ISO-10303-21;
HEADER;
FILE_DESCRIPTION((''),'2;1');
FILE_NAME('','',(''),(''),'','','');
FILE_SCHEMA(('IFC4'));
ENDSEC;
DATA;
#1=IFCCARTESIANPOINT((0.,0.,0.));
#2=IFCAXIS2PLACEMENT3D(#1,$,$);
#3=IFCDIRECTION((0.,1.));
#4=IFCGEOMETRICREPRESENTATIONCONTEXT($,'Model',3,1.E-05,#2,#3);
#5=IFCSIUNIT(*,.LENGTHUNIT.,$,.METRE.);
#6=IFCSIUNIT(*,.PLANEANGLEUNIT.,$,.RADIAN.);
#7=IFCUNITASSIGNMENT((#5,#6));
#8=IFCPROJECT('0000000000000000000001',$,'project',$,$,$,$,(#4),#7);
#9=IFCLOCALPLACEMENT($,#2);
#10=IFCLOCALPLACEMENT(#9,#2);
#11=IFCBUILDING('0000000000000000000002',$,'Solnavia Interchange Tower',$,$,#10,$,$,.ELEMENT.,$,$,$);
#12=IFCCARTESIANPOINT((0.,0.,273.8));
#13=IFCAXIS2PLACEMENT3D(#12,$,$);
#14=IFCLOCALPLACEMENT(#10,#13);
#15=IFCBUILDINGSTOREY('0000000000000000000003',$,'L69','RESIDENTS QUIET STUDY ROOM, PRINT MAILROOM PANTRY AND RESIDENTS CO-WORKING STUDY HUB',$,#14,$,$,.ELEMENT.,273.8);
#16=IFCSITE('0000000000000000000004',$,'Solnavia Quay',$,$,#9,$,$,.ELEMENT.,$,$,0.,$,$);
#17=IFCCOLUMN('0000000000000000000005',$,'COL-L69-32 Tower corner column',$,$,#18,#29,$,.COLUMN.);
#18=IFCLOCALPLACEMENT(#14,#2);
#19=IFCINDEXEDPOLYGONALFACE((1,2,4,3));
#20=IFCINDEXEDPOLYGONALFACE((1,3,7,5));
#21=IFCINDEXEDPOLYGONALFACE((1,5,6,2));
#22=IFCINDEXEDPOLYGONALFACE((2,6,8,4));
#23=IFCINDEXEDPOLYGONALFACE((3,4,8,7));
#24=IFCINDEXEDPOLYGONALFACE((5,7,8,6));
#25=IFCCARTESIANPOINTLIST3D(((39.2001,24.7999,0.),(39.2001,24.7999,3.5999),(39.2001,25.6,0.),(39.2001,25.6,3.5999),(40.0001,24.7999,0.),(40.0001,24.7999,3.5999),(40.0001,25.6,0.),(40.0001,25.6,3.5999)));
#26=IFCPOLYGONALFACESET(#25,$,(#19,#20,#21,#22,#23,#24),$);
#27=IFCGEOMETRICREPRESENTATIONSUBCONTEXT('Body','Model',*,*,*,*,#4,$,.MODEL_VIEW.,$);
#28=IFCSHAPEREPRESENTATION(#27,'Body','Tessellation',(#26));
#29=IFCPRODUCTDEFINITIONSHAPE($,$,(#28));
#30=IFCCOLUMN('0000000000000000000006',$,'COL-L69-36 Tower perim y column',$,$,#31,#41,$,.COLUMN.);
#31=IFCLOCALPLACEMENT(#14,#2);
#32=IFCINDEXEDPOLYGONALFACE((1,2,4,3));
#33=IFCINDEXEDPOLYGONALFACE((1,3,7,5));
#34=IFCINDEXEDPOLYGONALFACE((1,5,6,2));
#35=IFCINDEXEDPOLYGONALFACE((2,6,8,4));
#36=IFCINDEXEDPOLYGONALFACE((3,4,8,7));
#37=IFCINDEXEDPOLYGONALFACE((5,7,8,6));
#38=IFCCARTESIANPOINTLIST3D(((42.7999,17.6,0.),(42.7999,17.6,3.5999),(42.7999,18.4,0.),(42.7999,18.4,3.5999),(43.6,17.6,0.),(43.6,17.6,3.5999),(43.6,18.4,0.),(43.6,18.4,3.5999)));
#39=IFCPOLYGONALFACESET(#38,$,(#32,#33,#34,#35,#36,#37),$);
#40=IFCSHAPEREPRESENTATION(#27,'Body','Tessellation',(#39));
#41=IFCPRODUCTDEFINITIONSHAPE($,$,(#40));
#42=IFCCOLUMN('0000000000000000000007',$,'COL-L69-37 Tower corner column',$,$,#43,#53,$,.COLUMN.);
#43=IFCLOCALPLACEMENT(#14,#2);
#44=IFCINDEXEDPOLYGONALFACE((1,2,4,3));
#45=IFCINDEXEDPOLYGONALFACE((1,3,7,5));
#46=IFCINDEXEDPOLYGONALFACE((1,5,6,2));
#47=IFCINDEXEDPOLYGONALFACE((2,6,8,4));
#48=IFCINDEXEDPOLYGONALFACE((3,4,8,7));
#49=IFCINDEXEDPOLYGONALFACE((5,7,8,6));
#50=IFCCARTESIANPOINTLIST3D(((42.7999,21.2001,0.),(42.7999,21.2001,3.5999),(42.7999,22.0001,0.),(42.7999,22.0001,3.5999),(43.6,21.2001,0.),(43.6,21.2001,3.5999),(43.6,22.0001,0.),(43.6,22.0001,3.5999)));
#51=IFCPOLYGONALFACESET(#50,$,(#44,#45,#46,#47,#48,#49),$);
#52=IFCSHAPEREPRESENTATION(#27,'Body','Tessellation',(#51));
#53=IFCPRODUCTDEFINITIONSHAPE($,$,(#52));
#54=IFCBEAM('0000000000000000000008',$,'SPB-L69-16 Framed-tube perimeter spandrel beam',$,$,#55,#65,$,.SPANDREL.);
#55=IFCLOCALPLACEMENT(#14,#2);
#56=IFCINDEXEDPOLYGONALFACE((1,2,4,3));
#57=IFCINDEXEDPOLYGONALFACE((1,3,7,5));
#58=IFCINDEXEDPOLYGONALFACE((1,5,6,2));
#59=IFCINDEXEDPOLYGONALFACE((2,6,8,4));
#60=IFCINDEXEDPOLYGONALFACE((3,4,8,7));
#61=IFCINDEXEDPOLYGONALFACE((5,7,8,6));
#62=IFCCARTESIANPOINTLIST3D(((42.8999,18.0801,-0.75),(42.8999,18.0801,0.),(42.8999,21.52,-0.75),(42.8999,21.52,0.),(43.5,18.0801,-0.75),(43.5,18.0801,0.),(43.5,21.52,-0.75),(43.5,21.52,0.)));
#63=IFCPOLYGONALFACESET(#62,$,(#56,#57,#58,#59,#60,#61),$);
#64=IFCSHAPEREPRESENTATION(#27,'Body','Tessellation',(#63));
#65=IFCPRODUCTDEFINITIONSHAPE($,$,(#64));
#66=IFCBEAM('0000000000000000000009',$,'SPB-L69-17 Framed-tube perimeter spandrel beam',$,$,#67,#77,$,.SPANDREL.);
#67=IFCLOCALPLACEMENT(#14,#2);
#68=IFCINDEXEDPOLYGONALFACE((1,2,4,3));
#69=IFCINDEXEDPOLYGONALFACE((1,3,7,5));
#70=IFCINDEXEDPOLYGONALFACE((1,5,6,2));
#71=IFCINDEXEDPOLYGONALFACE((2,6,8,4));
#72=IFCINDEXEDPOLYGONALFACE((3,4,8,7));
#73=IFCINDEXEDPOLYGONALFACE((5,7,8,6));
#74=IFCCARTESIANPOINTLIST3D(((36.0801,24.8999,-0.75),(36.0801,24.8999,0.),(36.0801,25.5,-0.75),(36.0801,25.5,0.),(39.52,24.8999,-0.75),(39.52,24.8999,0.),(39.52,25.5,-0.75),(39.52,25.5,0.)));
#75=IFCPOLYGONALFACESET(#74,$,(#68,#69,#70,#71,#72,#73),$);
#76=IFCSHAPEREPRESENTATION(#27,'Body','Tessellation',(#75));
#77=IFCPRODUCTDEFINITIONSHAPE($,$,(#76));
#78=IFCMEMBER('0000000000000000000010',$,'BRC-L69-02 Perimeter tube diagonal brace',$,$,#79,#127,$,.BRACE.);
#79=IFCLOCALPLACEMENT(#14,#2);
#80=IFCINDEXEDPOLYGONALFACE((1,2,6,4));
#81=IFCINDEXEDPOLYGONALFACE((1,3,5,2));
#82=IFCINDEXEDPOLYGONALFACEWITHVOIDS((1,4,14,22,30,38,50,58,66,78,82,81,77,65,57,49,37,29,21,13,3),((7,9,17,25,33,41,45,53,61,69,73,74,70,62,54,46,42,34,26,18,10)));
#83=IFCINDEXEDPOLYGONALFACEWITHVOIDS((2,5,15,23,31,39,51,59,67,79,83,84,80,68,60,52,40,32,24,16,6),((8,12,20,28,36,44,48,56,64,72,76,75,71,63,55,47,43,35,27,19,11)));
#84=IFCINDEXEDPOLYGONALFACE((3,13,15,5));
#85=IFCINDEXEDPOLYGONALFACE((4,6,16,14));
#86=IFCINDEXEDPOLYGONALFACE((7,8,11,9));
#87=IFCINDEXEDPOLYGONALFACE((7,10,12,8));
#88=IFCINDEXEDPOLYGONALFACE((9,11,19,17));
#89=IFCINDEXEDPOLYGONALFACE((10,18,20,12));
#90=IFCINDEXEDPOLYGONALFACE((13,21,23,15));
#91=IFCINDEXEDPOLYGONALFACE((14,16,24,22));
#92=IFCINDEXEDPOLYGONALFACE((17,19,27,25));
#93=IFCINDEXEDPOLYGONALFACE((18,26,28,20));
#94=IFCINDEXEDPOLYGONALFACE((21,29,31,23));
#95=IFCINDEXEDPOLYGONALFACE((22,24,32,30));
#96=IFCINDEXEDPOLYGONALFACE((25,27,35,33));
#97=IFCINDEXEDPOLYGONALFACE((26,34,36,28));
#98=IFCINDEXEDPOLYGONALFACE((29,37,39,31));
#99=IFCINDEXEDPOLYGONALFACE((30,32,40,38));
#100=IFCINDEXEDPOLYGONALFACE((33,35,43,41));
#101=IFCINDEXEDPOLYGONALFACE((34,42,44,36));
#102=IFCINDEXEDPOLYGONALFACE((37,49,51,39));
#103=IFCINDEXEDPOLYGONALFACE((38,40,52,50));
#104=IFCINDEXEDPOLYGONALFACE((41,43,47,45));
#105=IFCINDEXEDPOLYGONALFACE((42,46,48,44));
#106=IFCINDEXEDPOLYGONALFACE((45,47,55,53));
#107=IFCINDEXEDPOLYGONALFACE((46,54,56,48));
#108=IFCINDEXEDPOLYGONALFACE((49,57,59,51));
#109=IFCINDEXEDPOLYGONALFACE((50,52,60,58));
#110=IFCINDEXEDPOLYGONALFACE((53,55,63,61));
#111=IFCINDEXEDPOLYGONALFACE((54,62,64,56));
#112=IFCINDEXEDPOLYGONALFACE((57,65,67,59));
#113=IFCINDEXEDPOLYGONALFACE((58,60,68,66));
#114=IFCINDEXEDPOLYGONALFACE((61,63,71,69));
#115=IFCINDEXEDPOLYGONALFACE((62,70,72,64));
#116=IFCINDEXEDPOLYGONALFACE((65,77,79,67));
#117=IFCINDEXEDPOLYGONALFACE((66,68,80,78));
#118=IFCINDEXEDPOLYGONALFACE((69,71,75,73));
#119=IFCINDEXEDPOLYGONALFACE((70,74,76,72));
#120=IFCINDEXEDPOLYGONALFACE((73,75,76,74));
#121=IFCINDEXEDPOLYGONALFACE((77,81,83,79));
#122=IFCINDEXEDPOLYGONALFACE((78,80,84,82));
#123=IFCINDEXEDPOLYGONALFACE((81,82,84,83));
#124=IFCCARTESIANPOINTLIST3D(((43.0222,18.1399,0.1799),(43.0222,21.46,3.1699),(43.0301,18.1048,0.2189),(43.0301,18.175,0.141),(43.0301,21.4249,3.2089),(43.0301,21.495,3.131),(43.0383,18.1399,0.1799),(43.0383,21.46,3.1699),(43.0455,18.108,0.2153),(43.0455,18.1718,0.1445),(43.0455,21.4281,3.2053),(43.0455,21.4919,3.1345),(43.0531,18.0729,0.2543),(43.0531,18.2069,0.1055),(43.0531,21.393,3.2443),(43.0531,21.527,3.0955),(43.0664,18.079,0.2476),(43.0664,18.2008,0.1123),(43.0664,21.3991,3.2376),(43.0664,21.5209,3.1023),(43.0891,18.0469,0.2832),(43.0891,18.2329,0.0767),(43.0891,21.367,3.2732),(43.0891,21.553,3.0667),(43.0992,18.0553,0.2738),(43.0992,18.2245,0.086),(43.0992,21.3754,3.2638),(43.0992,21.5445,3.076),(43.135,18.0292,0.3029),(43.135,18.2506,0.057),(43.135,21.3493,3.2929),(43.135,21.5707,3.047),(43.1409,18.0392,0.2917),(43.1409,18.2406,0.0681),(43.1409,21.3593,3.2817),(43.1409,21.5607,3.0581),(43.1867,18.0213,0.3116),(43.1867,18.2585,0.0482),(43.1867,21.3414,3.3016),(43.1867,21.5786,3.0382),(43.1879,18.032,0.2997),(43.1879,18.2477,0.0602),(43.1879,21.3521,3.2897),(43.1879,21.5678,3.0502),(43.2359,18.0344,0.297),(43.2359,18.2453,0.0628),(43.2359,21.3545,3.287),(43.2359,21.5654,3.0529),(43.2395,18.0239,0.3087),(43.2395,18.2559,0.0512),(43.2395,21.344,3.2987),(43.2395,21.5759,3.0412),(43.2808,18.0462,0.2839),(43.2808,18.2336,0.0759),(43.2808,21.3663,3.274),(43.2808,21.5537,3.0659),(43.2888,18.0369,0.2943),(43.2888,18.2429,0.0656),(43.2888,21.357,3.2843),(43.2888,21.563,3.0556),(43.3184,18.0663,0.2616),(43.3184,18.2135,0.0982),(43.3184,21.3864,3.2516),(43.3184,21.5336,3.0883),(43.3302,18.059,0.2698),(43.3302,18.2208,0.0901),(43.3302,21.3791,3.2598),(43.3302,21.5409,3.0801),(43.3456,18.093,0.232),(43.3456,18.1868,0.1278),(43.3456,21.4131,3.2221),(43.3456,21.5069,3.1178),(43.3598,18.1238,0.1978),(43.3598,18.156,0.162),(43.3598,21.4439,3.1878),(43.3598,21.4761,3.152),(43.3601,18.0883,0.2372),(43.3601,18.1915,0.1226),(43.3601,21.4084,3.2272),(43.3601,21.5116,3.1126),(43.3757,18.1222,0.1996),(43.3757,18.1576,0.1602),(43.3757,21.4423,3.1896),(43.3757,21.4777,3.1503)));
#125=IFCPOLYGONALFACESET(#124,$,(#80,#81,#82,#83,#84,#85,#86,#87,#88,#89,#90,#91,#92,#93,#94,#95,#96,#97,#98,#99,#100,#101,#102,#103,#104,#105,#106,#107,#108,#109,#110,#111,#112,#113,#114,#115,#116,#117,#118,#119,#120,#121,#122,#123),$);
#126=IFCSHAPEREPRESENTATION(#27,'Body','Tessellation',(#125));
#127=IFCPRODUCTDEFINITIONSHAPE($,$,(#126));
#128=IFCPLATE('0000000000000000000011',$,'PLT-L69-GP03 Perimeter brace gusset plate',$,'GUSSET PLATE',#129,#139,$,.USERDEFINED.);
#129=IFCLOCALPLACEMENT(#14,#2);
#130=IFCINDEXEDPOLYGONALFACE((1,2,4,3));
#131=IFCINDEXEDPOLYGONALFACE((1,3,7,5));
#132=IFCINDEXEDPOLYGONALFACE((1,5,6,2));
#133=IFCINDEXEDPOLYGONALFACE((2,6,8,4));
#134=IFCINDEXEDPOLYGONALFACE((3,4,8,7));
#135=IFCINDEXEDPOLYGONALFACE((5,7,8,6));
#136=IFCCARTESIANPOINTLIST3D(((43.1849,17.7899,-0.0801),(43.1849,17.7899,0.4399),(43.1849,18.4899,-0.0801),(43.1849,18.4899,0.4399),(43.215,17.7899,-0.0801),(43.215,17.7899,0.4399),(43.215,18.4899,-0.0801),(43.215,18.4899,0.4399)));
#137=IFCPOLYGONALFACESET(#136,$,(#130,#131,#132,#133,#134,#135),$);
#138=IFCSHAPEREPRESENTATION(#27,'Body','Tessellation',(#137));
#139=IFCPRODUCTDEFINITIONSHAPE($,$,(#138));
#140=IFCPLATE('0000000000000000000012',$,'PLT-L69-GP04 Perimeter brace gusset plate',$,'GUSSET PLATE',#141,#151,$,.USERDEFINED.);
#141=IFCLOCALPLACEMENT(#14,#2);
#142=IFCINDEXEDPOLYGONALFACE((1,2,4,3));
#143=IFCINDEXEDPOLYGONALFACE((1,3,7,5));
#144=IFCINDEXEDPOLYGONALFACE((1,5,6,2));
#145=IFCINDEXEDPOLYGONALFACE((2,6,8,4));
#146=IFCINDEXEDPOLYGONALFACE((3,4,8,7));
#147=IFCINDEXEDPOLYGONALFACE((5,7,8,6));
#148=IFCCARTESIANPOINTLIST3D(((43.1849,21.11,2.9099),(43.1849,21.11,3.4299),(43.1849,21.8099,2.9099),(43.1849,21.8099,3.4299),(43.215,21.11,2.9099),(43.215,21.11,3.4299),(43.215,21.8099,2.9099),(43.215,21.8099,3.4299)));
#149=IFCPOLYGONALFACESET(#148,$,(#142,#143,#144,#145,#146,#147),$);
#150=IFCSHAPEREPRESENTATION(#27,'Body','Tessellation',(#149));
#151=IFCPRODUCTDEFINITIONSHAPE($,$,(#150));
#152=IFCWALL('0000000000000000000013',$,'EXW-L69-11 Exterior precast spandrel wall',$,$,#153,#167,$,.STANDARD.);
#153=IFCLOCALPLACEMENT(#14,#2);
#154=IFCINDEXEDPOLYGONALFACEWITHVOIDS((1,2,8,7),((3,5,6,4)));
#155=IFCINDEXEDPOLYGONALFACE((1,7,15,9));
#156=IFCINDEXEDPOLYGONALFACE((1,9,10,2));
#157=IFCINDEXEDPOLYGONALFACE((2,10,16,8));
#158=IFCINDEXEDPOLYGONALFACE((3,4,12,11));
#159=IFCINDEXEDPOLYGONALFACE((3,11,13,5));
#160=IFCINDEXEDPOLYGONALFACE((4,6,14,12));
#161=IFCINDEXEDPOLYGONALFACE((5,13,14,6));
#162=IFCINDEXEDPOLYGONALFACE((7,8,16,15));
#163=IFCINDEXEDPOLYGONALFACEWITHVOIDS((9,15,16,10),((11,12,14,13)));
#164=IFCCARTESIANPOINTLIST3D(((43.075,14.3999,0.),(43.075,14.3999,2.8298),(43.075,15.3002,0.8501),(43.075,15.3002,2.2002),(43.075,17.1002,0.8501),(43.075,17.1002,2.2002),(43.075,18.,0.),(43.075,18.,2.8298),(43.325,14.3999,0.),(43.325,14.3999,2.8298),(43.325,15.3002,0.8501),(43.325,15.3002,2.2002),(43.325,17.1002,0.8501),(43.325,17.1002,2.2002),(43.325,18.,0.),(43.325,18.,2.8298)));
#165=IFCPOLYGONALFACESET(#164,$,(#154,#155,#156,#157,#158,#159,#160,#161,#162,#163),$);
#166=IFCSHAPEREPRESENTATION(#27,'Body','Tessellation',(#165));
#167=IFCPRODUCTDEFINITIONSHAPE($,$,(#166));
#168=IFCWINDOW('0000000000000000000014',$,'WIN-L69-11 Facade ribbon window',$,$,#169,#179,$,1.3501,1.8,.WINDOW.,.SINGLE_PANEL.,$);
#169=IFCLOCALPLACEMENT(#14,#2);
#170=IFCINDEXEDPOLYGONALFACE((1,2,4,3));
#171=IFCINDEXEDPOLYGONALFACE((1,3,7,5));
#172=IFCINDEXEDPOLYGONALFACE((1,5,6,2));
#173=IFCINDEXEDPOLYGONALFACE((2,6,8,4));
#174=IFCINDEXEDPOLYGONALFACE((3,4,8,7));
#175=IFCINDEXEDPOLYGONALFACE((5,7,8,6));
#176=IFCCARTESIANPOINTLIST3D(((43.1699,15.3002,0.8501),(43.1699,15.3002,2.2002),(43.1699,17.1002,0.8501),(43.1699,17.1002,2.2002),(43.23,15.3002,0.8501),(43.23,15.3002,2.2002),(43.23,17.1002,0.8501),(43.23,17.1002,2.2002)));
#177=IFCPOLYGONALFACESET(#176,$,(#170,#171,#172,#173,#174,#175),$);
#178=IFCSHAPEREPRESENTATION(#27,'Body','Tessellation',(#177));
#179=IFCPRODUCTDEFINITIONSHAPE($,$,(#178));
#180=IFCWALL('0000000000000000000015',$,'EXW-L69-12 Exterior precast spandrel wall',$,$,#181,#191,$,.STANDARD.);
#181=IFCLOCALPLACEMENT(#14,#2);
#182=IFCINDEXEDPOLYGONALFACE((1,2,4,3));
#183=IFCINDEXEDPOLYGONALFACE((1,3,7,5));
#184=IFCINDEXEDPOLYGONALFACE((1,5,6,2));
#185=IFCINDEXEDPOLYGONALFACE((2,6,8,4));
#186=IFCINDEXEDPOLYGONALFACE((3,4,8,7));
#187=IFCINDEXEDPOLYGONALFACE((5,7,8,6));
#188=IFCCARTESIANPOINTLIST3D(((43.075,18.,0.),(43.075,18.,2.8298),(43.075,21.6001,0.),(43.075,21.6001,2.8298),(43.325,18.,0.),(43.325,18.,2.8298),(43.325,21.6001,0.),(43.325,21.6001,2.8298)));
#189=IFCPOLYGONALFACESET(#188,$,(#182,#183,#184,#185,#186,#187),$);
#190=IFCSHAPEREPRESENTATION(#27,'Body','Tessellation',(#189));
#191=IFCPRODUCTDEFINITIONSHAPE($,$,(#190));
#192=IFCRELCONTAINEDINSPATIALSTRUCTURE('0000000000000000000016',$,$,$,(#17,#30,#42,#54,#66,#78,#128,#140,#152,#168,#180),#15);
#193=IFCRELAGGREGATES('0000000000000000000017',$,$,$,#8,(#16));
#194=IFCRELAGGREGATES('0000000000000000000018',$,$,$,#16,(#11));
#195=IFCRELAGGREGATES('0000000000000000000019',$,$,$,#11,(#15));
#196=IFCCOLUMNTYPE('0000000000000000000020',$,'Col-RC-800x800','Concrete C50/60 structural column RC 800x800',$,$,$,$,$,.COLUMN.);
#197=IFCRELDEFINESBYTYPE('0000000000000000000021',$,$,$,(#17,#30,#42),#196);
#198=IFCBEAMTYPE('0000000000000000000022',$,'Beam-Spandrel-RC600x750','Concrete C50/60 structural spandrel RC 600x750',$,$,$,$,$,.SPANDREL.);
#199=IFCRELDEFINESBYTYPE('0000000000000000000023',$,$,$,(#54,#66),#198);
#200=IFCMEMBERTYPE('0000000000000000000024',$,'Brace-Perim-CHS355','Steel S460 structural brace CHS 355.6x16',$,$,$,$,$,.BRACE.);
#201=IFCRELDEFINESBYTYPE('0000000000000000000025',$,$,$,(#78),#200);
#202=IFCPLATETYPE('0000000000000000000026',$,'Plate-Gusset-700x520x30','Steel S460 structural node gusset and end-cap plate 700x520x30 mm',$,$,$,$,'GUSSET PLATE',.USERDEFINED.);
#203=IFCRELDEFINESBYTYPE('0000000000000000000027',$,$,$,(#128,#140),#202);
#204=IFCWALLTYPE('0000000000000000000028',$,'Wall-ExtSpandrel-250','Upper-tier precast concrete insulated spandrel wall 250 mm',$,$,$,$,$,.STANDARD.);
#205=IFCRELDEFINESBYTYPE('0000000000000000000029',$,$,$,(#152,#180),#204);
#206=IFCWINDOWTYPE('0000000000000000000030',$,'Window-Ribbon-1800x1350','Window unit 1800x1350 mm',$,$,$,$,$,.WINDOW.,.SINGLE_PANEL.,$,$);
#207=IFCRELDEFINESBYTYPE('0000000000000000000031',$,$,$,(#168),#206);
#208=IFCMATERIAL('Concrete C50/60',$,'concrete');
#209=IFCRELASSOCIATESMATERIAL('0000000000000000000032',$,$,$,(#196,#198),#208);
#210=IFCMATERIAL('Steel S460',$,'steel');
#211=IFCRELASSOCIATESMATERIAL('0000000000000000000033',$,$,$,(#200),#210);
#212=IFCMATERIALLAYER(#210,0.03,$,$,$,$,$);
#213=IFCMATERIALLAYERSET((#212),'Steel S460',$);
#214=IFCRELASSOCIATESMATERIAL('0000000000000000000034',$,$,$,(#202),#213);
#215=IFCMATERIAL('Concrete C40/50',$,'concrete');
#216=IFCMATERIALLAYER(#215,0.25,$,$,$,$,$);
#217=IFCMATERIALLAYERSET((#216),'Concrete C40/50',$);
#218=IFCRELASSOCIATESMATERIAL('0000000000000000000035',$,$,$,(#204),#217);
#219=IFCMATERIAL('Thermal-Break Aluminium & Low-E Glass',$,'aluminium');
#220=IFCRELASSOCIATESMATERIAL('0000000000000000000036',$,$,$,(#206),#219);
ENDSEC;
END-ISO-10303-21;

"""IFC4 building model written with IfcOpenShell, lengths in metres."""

from ifc_helpers import new_model, si_unit, direction, frame, frame_2d, origin, origin_2d, place, context, subcontext, project, spatial, rectangle, hollow_circle, extrude, material, layer, layer_set, material_profile, profile_set, type_object, element, fill, save


model = new_model("IFC4")

# Units and contexts
model_context = context("Model", 3, precision=1e-05, world=origin(), true_north=direction((0.0, 1.0)))
body_context = subcontext(model_context, "Body", "Model", "MODEL_VIEW")
ifc_project = project(units=[si_unit("LENGTHUNIT", "METRE"), si_unit("PLANEANGLEUNIT", "RADIAN")], contexts=[model_context])

# Site, building, storey
site_placement = place(None, origin())
site = spatial("IfcSite", under=ifc_project, at=site_placement, Name="Solnavia Quay", CompositionType="ELEMENT", RefElevation=0.0)
building_placement = place(site_placement, origin())
building = spatial("IfcBuilding", under=site, at=building_placement, Name="Solnavia Interchange Tower", CompositionType="ELEMENT")
storey_placement = place(building_placement, frame((0.0, 0.0, 273.8)))
storey = spatial("IfcBuildingStorey", under=building, at=storey_placement, Name="L69", Description="RESIDENTS QUIET STUDY ROOM, PRINT MAILROOM PANTRY AND RESIDENTS CO-WORKING STUDY HUB", CompositionType="ELEMENT", Elevation=273.8)

# Columns
ifc_material_1 = material(Name="Concrete C50/60", Category="concrete")
ifc_material_profile_1 = material_profile(ifc_material_1, rectangle(XDim=0.8, YDim=0.8, at=origin_2d()), Name="RC 800x800")
ifc_profile_set_1 = profile_set([ifc_material_profile_1], Name="Concrete C50/60")
column_type = type_object("IfcColumnType", Name="Col-RC-800x800", Description="Concrete C50/60 structural column RC 800x800", PredefinedType="COLUMN", material=ifc_profile_set_1)
for number, where, z_axis, x_axis, name in (
    (1, (39.6001, 25.2, 0.0), (0.0, 0.0, 1.0), (1.0, 0.0, 0.0), "COL-L69-32 Tower corner column"),
    (2, (43.2, 18.0, 0.0), (0.0, 0.0, 1.0), (0.0, 1.0, 0.0), "COL-L69-36 Tower perim y column"),
    (3, (43.2, 21.6001, 0.0), (0.0, 0.0, 1.0), (0.0, 1.0, 0.0), "COL-L69-37 Tower corner column"),
):
    element("IfcColumn", number, at=place(storey_placement, frame(where, z_axis=z_axis, x_axis=x_axis)), inside=storey, type_object=column_type, Name=name, PredefinedType="COLUMN", context=body_context, shape_type="SweptSolid", body=[
        extrude(rectangle(XDim=0.8, YDim=0.8, at=origin_2d()), origin(), (0.0, 0.0, 1.0), 3.5999),
    ])

# Beams
ifc_material_profile_2 = material_profile(ifc_material_1, rectangle(XDim=0.6001, YDim=0.75, at=origin_2d()), Name="RC 600x750")
ifc_profile_set_2 = profile_set([ifc_material_profile_2], Name="Concrete C50/60")
beam_type = type_object("IfcBeamType", Name="Beam-Spandrel-RC600x750", Description="Concrete C50/60 structural spandrel RC 600x750", PredefinedType="SPANDREL", material=ifc_profile_set_2)
for number, where, z_axis, x_axis, name in (
    (4, (43.2, 18.0801, -0.375), (0.0, 1.0, 0.0), (-1.0, 0.0, 0.0), "SPB-L69-16 Framed-tube perimeter spandrel beam"),
    (5, (39.52, 25.2, -0.375), (-1.0, 0.0, 0.0), (0.0, -1.0, 0.0), "SPB-L69-17 Framed-tube perimeter spandrel beam"),
):
    element("IfcBeam", number, at=place(storey_placement, frame(where, z_axis=z_axis, x_axis=x_axis)), inside=storey, type_object=beam_type, Name=name, PredefinedType="SPANDREL", context=body_context, shape_type="SweptSolid", body=[
        extrude(rectangle(XDim=0.6001, YDim=0.75, at=origin_2d()), origin(), (0.0, 0.0, 1.0), 3.4399),
    ])

# Member
ifc_material_2 = material(Name="Steel S460", Category="steel")
ifc_material_profile_3 = material_profile(ifc_material_2, hollow_circle(Radius=0.1777, WallThickness=0.0161, at=origin_2d()), Name="CHS 355.6x16")
ifc_profile_set_3 = profile_set([ifc_material_profile_3], Name="Steel S460")
member_type = type_object("IfcMemberType", Name="Brace-Perim-CHS355", Description="Steel S460 structural brace CHS 355.6x16", PredefinedType="BRACE", material=ifc_profile_set_3)
member_placement = place(storey_placement, frame((43.2, 18.1399, 0.1799), z_axis=(0.0, 0.743079, 0.669203), x_axis=(-1.0, 0.0, 0.0)))
element("IfcMember", 6, at=member_placement, inside=storey, type_object=member_type, Name="BRC-L69-02 Perimeter tube diagonal brace", PredefinedType="BRACE", context=body_context, shape_type="SweptSolid", body=[
    extrude(hollow_circle(Radius=0.1777, WallThickness=0.0161, at=origin_2d()), origin(), (0.0, 0.0, 1.0), 4.468),
])

# Plates
ifc_layer_1 = layer(ifc_material_2, 0.03)
ifc_layer_set_1 = layer_set([ifc_layer_1], Name="Steel S460")
plate_type = type_object("IfcPlateType", Name="Plate-Gusset-700x520x30", Description="Steel S460 structural node gusset and end-cap plate 700x520x30 mm", ElementType="GUSSET PLATE", PredefinedType="USERDEFINED", material=ifc_layer_set_1)
for number, where, z_axis, x_axis, name in (
    (7, (43.2, 18.1399, -0.0801), (0.0, 0.0, 1.0), (0.0, 1.0, 0.0), "PLT-L69-GP03 Perimeter brace gusset plate"),
    (8, (43.2, 21.46, 2.9099), (0.0, 0.0, 1.0), (0.0, 1.0, 0.0), "PLT-L69-GP04 Perimeter brace gusset plate"),
):
    element("IfcPlate", number, at=place(storey_placement, frame(where, z_axis=z_axis, x_axis=x_axis)), inside=storey, type_object=plate_type, Name=name, ObjectType="GUSSET PLATE", PredefinedType="USERDEFINED", context=body_context, shape_type="SweptSolid", body=[
        extrude(rectangle(XDim=0.7, YDim=0.03, at=origin_2d()), origin(), (0.0, 0.0, 1.0), 0.52),
    ])

# Wall, opening, window
ifc_material_3 = material(Name="Concrete C40/50", Category="concrete")
ifc_layer_2 = layer(ifc_material_3, 0.25)
ifc_layer_set_2 = layer_set([ifc_layer_2], Name="Concrete C40/50")
wall_type_1 = type_object("IfcWallType", Name="Wall-ExtSpandrel-250", Description="Upper-tier precast concrete insulated spandrel wall 250 mm", PredefinedType="STANDARD", material=ifc_layer_set_2)
wall_1_placement = place(storey_placement, frame((43.2, 18.0, 0.0), z_axis=(0.0, 0.0, 1.0), x_axis=(0.0, -1.0, 0.0)))
wall_1 = element("IfcWall", 9, at=wall_1_placement, inside=storey, type_object=wall_type_1, Name="EXW-L69-11 Exterior precast spandrel wall", PredefinedType="STANDARD", context=body_context, shape_type="SweptSolid", body=[
    extrude(rectangle(XDim=3.6001, YDim=0.25, at=frame_2d((1.8, 0.0))), origin(), (0.0, 0.0, 1.0), 2.8298),
])
opening_1_placement = place(wall_1_placement, frame((0.8999, 0.0, 0.8501)))
opening_1 = element("IfcOpeningElement", 10, at=opening_1_placement, cuts=wall_1, PredefinedType="OPENING", context=body_context, shape_type="SweptSolid", body=[
    extrude(rectangle(XDim=1.8, YDim=1.3501, at=frame_2d((0.8999, 0.675))), frame((0.0, 0.135, 0.0), z_axis=(0.0, -1.0, 0.0), x_axis=(1.0, 0.0, 0.0)), (0.0, 0.0, 1.0), 0.27),
])
ifc_material_4 = material(Name="Thermal-Break Aluminium & Low-E Glass", Category="aluminium")
window_type = type_object("IfcWindowType", Name="Window-Ribbon-1800x1350", Description="Window unit 1800x1350 mm", PartitioningType="SINGLE_PANEL", PredefinedType="WINDOW", material=ifc_material_4)
window_placement = place(opening_1_placement, origin())
window = element("IfcWindow", 11, at=window_placement, inside=storey, type_object=window_type, Name="WIN-L69-11 Facade ribbon window", OverallHeight=1.3501, OverallWidth=1.8, PartitioningType="SINGLE_PANEL", PredefinedType="WINDOW", context=body_context, shape_type="SweptSolid", body=[
    extrude(rectangle(XDim=1.8, YDim=1.3501, at=frame_2d((0.8999, 0.675))), frame((0.0, 0.03, 0.0), z_axis=(0.0, -1.0, 0.0), x_axis=(1.0, 0.0, 0.0)), (0.0, 0.0, 1.0), 0.0601),
])
fill(opening_1, window)

# Wall
wall_2_placement = place(storey_placement, frame((43.2, 21.6001, 0.0), z_axis=(0.0, 0.0, 1.0), x_axis=(0.0, -1.0, 0.0)))
element("IfcWall", 12, at=wall_2_placement, inside=storey, type_object=wall_type_1, Name="EXW-L69-12 Exterior precast spandrel wall", PredefinedType="STANDARD", context=body_context, shape_type="SweptSolid", body=[
    extrude(rectangle(XDim=3.6001, YDim=0.25, at=frame_2d((1.8, 0.0))), origin(), (0.0, 0.0, 1.0), 2.8298),
])

save(model, "model.ifc")
